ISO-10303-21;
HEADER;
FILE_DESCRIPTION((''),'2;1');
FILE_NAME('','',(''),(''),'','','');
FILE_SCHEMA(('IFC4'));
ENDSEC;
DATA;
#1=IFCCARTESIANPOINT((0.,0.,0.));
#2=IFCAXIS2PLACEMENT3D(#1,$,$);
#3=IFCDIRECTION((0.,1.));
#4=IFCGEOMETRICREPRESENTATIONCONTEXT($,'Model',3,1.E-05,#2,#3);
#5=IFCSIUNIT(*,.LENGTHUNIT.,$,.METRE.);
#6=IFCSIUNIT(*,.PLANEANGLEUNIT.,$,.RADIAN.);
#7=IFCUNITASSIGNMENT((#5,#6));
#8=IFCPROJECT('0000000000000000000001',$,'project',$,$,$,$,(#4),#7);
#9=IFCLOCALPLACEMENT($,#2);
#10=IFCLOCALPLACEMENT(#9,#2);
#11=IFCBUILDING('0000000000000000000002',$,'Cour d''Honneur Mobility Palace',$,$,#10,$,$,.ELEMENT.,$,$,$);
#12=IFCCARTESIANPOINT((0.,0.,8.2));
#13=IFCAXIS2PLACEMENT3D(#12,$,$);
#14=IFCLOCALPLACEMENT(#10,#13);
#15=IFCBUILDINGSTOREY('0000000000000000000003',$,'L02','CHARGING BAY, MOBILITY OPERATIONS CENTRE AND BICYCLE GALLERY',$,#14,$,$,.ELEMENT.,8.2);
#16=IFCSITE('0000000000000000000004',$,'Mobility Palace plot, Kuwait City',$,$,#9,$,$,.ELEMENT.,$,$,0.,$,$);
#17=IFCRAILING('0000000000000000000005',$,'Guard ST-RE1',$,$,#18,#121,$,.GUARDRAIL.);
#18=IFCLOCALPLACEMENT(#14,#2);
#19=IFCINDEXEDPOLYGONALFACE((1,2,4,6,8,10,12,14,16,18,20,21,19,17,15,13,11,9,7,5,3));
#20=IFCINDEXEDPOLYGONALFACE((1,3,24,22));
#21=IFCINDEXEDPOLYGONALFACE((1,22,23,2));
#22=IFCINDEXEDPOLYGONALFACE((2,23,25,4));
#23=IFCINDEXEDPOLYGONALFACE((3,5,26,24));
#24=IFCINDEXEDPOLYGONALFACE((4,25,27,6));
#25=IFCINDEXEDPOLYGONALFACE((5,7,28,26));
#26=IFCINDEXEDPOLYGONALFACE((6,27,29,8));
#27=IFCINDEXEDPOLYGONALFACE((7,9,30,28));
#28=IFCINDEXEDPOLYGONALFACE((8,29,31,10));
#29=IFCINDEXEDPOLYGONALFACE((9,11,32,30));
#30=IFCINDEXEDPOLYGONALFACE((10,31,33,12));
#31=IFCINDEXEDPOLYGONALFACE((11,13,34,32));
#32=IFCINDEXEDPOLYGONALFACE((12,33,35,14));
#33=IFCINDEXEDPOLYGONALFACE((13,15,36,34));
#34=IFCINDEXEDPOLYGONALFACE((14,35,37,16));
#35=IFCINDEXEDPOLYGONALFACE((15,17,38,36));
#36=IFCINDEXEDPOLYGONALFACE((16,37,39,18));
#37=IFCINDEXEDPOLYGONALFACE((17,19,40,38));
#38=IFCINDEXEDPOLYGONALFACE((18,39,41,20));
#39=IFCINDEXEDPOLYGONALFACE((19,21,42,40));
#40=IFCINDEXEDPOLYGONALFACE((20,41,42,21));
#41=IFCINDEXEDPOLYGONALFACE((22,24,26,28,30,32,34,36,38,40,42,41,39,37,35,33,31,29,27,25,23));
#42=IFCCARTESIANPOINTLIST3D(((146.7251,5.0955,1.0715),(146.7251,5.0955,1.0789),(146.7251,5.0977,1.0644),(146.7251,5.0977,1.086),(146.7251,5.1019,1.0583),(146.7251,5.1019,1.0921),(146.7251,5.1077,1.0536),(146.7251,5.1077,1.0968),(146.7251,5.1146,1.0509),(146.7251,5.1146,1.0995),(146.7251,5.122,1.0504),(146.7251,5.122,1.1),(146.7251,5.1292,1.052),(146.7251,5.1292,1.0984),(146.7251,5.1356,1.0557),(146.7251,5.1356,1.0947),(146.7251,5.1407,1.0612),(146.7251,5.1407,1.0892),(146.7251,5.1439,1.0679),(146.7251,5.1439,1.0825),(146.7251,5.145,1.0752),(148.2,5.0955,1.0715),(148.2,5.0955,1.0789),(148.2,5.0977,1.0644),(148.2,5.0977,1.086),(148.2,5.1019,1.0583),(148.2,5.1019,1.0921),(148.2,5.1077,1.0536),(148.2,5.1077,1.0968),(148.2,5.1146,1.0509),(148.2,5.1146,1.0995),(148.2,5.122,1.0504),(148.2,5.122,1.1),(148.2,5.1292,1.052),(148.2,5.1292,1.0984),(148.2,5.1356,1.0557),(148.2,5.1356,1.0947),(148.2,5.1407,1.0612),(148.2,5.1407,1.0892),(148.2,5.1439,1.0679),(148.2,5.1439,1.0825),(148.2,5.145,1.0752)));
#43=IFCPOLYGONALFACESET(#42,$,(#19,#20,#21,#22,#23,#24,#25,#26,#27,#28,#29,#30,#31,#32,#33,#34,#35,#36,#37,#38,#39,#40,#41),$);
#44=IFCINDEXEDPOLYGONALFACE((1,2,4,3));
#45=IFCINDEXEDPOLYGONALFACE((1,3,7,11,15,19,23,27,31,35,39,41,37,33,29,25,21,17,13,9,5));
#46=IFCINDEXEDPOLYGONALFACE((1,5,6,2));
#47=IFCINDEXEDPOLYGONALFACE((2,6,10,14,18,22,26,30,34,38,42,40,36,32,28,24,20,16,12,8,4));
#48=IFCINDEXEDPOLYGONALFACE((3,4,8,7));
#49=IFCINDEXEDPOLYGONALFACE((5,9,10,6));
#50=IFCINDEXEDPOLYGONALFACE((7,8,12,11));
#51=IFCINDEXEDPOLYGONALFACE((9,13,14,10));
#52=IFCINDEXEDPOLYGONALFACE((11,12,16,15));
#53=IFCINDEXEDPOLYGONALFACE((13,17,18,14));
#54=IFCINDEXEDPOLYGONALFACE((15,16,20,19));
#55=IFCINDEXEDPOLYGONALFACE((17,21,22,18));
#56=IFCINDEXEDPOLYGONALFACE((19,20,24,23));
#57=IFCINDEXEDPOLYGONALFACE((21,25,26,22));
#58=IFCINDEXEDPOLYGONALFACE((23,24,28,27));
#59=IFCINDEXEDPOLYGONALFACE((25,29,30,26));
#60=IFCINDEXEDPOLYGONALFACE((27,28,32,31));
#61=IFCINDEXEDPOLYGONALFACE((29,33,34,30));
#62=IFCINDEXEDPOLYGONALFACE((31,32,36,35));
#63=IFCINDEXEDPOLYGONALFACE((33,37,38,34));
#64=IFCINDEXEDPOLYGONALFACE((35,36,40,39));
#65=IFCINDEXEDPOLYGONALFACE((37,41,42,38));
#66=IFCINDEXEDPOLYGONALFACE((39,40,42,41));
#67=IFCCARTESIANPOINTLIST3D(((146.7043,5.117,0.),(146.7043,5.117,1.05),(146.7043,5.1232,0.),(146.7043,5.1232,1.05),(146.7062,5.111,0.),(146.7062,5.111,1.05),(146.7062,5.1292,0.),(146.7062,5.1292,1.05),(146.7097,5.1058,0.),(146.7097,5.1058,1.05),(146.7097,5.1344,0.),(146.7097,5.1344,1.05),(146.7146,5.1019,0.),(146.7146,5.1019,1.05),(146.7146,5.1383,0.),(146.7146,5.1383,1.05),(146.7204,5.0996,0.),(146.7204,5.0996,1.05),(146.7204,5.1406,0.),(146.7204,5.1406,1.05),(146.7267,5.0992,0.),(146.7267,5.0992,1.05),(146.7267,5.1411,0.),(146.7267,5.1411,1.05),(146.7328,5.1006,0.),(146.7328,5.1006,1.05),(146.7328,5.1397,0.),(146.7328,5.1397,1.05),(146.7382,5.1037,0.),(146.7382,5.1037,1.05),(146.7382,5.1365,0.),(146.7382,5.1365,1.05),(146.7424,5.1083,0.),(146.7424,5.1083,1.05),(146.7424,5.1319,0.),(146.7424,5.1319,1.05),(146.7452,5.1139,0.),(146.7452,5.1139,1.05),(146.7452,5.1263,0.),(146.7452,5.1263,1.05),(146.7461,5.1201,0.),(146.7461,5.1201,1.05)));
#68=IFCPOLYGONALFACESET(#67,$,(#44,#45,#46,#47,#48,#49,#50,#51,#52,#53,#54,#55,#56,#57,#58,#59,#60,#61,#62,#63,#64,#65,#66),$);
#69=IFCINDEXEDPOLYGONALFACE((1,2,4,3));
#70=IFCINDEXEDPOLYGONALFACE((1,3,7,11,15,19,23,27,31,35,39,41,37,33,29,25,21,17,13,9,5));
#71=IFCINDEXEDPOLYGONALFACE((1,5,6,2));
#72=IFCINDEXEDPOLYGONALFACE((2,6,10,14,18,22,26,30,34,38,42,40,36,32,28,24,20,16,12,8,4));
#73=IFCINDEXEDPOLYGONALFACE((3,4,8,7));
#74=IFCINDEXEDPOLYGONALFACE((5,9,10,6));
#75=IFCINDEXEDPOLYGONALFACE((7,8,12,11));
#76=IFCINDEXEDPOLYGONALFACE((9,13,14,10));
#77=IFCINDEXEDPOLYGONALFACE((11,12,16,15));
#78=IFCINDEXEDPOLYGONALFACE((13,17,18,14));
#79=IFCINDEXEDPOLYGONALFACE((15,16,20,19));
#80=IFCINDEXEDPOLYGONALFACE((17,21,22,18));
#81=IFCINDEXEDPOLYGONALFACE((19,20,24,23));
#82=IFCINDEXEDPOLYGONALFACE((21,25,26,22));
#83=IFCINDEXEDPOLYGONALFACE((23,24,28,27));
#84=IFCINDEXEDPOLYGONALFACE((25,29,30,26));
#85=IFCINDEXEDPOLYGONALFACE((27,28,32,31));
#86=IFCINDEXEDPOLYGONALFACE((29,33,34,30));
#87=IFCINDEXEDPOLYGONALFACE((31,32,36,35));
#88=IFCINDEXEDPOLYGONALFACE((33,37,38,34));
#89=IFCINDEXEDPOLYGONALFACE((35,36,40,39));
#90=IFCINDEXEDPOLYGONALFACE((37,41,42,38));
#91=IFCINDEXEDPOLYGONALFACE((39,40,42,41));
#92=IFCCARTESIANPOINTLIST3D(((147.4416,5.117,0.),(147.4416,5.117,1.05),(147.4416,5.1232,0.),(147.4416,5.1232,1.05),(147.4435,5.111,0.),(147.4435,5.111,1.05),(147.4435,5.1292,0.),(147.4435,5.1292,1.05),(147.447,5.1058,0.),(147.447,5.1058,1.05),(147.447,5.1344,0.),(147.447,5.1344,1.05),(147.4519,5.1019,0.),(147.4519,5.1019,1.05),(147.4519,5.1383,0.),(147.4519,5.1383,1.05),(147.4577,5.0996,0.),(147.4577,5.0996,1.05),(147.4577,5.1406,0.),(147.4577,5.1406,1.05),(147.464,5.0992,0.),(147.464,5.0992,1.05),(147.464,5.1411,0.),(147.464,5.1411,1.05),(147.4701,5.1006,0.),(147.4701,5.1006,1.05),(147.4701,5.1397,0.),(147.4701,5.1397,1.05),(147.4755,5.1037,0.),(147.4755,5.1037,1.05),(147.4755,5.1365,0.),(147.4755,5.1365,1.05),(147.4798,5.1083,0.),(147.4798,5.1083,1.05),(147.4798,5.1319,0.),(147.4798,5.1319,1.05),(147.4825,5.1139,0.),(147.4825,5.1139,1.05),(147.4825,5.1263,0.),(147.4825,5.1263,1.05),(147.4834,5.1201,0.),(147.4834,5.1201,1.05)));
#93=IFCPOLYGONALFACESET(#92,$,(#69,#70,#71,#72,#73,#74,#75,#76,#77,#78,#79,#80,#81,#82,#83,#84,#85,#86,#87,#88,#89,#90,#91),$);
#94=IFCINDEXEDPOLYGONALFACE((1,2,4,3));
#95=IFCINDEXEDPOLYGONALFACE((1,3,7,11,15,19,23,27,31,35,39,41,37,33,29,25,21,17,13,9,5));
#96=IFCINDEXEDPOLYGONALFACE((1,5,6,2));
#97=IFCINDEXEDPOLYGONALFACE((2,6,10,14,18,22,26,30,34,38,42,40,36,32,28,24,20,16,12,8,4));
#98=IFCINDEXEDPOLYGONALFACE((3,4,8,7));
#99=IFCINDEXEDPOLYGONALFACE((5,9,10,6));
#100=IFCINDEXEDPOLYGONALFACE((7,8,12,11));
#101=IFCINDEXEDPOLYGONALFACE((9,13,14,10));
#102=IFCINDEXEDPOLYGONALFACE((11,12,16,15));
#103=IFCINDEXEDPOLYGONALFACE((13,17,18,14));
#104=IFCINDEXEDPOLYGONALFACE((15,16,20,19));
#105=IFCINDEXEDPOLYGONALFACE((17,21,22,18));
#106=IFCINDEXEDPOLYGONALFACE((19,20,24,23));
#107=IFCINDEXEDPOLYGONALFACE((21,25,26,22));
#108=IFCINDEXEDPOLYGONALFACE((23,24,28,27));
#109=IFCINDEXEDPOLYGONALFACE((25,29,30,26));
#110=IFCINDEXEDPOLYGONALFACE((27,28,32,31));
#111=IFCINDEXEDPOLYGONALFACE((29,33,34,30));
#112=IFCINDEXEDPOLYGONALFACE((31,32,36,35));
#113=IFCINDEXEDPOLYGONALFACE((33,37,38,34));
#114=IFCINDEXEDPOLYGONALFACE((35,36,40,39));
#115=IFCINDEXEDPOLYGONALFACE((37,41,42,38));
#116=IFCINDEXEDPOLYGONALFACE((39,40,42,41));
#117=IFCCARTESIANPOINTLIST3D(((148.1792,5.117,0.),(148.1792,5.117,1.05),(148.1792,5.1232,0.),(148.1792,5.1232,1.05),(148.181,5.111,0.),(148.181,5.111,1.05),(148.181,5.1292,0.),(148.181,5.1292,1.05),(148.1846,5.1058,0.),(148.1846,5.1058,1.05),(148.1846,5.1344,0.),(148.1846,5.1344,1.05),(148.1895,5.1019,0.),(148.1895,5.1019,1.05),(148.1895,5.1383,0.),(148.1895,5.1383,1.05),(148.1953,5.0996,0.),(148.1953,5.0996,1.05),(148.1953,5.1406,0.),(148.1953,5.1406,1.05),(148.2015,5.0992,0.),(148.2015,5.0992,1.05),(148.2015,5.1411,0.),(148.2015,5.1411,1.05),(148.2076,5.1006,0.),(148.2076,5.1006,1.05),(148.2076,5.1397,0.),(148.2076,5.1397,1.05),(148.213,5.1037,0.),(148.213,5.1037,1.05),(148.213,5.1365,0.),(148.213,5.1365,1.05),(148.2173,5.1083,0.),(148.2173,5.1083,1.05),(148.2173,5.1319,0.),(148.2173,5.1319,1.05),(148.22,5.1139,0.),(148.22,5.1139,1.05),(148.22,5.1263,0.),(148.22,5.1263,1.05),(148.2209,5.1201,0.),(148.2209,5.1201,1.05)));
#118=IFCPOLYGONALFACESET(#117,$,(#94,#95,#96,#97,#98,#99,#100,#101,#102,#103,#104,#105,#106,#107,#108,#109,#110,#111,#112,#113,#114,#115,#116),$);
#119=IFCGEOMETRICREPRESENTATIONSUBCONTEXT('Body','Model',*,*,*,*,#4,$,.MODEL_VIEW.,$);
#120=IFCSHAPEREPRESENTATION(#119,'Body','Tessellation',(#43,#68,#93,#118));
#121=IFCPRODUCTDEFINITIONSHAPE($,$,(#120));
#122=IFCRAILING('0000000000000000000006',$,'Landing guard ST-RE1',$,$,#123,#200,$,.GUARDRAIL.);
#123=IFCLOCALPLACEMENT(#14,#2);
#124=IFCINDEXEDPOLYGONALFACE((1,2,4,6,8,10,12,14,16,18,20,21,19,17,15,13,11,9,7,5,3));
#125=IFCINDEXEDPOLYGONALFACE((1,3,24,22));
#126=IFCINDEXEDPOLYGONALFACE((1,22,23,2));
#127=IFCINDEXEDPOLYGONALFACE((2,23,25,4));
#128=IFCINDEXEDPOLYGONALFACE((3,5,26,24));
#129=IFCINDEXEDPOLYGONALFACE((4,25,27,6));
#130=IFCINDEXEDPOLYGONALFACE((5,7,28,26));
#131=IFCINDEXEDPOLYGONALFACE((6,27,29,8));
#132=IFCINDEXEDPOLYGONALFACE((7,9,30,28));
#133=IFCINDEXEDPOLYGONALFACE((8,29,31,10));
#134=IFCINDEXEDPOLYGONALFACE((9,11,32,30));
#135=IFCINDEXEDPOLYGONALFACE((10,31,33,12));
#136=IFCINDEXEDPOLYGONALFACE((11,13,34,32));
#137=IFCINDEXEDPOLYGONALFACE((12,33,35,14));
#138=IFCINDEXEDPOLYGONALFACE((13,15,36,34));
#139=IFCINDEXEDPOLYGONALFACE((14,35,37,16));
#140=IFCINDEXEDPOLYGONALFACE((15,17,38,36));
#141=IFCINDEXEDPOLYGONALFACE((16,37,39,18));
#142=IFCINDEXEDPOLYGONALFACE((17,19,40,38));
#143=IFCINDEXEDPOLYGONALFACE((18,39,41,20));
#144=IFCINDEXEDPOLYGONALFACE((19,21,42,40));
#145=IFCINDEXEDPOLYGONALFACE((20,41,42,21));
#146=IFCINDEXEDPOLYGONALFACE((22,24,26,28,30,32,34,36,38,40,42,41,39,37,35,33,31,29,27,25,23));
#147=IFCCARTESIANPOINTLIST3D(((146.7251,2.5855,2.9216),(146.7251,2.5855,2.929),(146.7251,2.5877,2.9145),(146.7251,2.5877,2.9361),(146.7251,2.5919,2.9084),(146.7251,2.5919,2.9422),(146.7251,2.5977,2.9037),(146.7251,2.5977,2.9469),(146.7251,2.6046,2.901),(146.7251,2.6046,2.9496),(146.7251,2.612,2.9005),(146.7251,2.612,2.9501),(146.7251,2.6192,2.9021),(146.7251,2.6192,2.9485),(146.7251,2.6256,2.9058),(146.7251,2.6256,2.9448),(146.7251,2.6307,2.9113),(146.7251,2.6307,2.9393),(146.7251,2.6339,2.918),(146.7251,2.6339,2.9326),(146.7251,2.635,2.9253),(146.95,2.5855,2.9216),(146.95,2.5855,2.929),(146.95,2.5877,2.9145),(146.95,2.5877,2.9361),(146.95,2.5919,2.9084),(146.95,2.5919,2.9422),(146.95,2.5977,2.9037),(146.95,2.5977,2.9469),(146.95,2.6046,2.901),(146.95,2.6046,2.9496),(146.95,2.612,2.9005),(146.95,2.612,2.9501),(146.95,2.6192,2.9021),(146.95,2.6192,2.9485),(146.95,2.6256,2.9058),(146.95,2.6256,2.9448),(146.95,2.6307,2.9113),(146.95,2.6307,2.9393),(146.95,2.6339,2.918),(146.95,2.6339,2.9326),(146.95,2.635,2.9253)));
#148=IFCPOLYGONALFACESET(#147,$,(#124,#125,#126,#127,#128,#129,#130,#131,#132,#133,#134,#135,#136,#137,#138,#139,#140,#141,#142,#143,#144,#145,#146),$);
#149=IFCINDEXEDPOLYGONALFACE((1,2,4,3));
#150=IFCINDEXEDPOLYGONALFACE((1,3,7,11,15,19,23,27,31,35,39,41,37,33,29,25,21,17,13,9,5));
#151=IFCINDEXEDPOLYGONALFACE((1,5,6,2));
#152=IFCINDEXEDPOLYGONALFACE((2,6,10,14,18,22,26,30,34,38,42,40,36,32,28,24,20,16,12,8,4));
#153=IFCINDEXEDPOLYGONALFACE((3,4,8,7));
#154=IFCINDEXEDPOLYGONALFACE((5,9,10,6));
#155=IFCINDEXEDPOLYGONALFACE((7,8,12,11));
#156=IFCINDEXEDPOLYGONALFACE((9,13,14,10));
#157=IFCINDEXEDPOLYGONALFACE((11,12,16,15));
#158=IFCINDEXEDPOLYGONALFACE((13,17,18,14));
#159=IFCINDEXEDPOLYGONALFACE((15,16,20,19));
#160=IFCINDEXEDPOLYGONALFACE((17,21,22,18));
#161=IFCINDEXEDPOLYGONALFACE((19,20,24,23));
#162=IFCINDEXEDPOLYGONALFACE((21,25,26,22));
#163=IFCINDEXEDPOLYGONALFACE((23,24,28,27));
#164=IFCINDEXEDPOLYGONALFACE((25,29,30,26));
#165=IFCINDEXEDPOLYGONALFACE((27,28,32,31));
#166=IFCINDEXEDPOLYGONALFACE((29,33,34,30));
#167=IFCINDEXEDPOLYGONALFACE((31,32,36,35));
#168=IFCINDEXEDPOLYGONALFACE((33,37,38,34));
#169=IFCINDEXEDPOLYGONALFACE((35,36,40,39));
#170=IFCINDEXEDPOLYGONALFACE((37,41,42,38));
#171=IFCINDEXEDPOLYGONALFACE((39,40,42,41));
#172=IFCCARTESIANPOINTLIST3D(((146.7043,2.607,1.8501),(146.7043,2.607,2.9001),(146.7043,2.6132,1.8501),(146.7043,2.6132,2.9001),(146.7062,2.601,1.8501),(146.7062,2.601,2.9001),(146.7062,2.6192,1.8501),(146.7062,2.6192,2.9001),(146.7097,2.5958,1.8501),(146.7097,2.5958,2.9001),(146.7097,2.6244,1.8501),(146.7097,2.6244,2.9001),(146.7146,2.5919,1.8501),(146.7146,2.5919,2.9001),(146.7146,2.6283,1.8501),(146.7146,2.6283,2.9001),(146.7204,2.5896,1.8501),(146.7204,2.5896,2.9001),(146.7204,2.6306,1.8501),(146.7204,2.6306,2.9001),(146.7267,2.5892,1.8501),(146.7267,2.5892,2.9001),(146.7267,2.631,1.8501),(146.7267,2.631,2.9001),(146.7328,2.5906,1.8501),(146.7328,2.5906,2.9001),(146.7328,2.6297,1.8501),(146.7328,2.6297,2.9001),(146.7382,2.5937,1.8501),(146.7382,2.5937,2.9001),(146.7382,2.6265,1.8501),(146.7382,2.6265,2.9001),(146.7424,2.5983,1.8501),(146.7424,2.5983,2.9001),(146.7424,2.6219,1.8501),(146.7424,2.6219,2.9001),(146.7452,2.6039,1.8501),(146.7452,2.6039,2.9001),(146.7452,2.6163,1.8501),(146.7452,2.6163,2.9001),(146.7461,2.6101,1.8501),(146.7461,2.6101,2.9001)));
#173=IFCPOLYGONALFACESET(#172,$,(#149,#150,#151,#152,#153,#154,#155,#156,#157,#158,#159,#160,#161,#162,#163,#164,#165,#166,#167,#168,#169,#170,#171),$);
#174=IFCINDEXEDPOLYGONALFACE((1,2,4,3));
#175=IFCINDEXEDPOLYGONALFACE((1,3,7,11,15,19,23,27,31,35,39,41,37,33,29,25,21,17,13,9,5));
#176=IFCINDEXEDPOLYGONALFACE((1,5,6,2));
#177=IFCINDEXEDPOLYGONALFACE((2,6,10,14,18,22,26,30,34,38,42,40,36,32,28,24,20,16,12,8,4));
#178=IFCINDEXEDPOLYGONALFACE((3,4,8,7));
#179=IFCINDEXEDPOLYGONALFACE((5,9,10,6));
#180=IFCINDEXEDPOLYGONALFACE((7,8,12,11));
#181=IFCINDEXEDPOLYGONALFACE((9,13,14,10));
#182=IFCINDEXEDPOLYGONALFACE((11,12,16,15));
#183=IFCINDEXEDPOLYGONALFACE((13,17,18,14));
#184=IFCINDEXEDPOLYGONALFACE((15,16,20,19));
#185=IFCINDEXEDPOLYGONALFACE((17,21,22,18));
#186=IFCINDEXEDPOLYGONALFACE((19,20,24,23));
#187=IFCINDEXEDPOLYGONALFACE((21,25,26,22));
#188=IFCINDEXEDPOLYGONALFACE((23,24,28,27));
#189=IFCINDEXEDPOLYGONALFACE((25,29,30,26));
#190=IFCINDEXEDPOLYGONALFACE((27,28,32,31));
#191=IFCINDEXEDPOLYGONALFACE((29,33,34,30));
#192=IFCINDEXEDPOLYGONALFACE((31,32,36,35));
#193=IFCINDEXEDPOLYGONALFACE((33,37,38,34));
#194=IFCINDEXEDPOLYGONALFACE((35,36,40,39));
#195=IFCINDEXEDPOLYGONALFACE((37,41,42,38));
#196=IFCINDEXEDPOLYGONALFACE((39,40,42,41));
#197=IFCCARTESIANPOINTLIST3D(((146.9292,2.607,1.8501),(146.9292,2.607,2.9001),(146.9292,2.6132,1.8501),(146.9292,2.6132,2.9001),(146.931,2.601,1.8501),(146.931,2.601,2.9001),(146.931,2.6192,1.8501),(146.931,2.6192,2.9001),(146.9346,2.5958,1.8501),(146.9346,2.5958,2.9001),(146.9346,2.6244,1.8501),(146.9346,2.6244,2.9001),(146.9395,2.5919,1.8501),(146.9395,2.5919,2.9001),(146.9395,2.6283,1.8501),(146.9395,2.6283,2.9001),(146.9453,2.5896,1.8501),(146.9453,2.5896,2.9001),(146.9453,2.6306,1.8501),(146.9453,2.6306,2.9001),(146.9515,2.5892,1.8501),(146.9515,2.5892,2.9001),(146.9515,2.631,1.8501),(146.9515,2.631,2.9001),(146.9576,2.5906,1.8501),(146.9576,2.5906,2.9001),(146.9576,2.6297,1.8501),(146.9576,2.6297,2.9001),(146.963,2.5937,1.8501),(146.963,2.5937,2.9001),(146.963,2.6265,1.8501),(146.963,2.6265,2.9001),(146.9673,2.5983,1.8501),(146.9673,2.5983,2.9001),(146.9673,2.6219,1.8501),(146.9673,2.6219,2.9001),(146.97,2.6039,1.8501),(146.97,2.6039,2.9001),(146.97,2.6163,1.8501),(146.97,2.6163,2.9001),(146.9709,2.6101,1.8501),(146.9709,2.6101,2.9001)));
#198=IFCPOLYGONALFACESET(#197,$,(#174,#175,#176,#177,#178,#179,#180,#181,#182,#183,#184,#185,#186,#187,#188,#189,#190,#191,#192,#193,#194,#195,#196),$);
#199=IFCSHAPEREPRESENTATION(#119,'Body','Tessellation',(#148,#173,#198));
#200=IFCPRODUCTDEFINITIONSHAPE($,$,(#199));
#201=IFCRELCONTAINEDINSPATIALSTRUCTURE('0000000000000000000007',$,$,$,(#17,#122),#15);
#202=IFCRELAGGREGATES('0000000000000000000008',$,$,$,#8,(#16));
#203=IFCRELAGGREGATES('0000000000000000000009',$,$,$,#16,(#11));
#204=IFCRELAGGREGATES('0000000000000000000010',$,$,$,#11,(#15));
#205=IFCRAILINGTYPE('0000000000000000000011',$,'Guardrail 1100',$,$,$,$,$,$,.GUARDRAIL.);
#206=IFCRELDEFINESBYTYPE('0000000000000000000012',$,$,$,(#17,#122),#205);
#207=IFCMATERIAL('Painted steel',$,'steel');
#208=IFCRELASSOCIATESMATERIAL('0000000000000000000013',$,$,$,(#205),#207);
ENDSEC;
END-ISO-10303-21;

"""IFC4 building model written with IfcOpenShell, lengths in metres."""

from ifc_helpers import new_model, si_unit, direction, frame, origin, origin_2d, place, context, subcontext, project, spatial, circle, extrude, material, type_object, element, save


model = new_model("IFC4")

# Units and contexts
model_context = context("Model", 3, precision=1e-05, world=origin(), true_north=direction((0.0, 1.0)))
body_context = subcontext(model_context, "Body", "Model", "MODEL_VIEW")
ifc_project = project(units=[si_unit("LENGTHUNIT", "METRE"), si_unit("PLANEANGLEUNIT", "RADIAN")], contexts=[model_context])

# Site, building, storey
site_placement = place(None, origin())
site = spatial("IfcSite", under=ifc_project, at=site_placement, Name="Mobility Palace plot, Kuwait City", CompositionType="ELEMENT", RefElevation=0.0)
building_placement = place(site_placement, origin())
building = spatial("IfcBuilding", under=site, at=building_placement, Name="Cour d'Honneur Mobility Palace", CompositionType="ELEMENT")
storey_placement = place(building_placement, frame((0.0, 0.0, 8.2)))
storey = spatial("IfcBuildingStorey", under=building, at=storey_placement, Name="L02", Description="CHARGING BAY, MOBILITY OPERATIONS CENTRE AND BICYCLE GALLERY", CompositionType="ELEMENT", Elevation=8.2)

# Railings
ifc_material_1 = material(Name="Painted steel", Category="steel")
railing_type_1 = type_object("IfcRailingType", Name="Guardrail 1100", PredefinedType="GUARDRAIL", material=ifc_material_1)
railing_1_placement = place(storey_placement, frame((146.7251, 5.1201, 0.0)))
element("IfcRailing", 1, at=railing_1_placement, inside=storey, type_object=railing_type_1, Name="Guard ST-RE1", PredefinedType="GUARDRAIL", context=body_context, shape_type="SweptSolid", body=[
    extrude(circle(Radius=0.0249, at=origin_2d()), frame((0.0, 0.0, 1.0752), z_axis=(1.0, 0.0, 0.0), x_axis=(0.0, 1.0, 0.0)), (0.0, 0.0, 1.0), 1.4749),
    extrude(circle(Radius=0.021, at=origin_2d()), origin(), (0.0, 0.0, 1.0), 1.05),
    extrude(circle(Radius=0.021, at=origin_2d()), frame((0.7373, 0.0, 0.0)), (0.0, 0.0, 1.0), 1.05),
    extrude(circle(Radius=0.021, at=origin_2d()), frame((1.4749, 0.0, 0.0)), (0.0, 0.0, 1.0), 1.05),
])
railing_2_placement = place(storey_placement, frame((146.7251, 2.6101, 1.8501)))
element("IfcRailing", 2, at=railing_2_placement, inside=storey, type_object=railing_type_1, Name="Landing guard ST-RE1", PredefinedType="GUARDRAIL", context=body_context, shape_type="SweptSolid", body=[
    extrude(circle(Radius=0.0249, at=origin_2d()), frame((0.0, 0.0, 1.0752), z_axis=(1.0, 0.0, 0.0), x_axis=(0.0, 1.0, 0.0)), (0.0, 0.0, 1.0), 0.2249),
    extrude(circle(Radius=0.021, at=origin_2d()), origin(), (0.0, 0.0, 1.0), 1.05),
    extrude(circle(Radius=0.021, at=origin_2d()), frame((0.2249, 0.0, 0.0)), (0.0, 0.0, 1.0), 1.05),
])

save(model, "model.ifc")
